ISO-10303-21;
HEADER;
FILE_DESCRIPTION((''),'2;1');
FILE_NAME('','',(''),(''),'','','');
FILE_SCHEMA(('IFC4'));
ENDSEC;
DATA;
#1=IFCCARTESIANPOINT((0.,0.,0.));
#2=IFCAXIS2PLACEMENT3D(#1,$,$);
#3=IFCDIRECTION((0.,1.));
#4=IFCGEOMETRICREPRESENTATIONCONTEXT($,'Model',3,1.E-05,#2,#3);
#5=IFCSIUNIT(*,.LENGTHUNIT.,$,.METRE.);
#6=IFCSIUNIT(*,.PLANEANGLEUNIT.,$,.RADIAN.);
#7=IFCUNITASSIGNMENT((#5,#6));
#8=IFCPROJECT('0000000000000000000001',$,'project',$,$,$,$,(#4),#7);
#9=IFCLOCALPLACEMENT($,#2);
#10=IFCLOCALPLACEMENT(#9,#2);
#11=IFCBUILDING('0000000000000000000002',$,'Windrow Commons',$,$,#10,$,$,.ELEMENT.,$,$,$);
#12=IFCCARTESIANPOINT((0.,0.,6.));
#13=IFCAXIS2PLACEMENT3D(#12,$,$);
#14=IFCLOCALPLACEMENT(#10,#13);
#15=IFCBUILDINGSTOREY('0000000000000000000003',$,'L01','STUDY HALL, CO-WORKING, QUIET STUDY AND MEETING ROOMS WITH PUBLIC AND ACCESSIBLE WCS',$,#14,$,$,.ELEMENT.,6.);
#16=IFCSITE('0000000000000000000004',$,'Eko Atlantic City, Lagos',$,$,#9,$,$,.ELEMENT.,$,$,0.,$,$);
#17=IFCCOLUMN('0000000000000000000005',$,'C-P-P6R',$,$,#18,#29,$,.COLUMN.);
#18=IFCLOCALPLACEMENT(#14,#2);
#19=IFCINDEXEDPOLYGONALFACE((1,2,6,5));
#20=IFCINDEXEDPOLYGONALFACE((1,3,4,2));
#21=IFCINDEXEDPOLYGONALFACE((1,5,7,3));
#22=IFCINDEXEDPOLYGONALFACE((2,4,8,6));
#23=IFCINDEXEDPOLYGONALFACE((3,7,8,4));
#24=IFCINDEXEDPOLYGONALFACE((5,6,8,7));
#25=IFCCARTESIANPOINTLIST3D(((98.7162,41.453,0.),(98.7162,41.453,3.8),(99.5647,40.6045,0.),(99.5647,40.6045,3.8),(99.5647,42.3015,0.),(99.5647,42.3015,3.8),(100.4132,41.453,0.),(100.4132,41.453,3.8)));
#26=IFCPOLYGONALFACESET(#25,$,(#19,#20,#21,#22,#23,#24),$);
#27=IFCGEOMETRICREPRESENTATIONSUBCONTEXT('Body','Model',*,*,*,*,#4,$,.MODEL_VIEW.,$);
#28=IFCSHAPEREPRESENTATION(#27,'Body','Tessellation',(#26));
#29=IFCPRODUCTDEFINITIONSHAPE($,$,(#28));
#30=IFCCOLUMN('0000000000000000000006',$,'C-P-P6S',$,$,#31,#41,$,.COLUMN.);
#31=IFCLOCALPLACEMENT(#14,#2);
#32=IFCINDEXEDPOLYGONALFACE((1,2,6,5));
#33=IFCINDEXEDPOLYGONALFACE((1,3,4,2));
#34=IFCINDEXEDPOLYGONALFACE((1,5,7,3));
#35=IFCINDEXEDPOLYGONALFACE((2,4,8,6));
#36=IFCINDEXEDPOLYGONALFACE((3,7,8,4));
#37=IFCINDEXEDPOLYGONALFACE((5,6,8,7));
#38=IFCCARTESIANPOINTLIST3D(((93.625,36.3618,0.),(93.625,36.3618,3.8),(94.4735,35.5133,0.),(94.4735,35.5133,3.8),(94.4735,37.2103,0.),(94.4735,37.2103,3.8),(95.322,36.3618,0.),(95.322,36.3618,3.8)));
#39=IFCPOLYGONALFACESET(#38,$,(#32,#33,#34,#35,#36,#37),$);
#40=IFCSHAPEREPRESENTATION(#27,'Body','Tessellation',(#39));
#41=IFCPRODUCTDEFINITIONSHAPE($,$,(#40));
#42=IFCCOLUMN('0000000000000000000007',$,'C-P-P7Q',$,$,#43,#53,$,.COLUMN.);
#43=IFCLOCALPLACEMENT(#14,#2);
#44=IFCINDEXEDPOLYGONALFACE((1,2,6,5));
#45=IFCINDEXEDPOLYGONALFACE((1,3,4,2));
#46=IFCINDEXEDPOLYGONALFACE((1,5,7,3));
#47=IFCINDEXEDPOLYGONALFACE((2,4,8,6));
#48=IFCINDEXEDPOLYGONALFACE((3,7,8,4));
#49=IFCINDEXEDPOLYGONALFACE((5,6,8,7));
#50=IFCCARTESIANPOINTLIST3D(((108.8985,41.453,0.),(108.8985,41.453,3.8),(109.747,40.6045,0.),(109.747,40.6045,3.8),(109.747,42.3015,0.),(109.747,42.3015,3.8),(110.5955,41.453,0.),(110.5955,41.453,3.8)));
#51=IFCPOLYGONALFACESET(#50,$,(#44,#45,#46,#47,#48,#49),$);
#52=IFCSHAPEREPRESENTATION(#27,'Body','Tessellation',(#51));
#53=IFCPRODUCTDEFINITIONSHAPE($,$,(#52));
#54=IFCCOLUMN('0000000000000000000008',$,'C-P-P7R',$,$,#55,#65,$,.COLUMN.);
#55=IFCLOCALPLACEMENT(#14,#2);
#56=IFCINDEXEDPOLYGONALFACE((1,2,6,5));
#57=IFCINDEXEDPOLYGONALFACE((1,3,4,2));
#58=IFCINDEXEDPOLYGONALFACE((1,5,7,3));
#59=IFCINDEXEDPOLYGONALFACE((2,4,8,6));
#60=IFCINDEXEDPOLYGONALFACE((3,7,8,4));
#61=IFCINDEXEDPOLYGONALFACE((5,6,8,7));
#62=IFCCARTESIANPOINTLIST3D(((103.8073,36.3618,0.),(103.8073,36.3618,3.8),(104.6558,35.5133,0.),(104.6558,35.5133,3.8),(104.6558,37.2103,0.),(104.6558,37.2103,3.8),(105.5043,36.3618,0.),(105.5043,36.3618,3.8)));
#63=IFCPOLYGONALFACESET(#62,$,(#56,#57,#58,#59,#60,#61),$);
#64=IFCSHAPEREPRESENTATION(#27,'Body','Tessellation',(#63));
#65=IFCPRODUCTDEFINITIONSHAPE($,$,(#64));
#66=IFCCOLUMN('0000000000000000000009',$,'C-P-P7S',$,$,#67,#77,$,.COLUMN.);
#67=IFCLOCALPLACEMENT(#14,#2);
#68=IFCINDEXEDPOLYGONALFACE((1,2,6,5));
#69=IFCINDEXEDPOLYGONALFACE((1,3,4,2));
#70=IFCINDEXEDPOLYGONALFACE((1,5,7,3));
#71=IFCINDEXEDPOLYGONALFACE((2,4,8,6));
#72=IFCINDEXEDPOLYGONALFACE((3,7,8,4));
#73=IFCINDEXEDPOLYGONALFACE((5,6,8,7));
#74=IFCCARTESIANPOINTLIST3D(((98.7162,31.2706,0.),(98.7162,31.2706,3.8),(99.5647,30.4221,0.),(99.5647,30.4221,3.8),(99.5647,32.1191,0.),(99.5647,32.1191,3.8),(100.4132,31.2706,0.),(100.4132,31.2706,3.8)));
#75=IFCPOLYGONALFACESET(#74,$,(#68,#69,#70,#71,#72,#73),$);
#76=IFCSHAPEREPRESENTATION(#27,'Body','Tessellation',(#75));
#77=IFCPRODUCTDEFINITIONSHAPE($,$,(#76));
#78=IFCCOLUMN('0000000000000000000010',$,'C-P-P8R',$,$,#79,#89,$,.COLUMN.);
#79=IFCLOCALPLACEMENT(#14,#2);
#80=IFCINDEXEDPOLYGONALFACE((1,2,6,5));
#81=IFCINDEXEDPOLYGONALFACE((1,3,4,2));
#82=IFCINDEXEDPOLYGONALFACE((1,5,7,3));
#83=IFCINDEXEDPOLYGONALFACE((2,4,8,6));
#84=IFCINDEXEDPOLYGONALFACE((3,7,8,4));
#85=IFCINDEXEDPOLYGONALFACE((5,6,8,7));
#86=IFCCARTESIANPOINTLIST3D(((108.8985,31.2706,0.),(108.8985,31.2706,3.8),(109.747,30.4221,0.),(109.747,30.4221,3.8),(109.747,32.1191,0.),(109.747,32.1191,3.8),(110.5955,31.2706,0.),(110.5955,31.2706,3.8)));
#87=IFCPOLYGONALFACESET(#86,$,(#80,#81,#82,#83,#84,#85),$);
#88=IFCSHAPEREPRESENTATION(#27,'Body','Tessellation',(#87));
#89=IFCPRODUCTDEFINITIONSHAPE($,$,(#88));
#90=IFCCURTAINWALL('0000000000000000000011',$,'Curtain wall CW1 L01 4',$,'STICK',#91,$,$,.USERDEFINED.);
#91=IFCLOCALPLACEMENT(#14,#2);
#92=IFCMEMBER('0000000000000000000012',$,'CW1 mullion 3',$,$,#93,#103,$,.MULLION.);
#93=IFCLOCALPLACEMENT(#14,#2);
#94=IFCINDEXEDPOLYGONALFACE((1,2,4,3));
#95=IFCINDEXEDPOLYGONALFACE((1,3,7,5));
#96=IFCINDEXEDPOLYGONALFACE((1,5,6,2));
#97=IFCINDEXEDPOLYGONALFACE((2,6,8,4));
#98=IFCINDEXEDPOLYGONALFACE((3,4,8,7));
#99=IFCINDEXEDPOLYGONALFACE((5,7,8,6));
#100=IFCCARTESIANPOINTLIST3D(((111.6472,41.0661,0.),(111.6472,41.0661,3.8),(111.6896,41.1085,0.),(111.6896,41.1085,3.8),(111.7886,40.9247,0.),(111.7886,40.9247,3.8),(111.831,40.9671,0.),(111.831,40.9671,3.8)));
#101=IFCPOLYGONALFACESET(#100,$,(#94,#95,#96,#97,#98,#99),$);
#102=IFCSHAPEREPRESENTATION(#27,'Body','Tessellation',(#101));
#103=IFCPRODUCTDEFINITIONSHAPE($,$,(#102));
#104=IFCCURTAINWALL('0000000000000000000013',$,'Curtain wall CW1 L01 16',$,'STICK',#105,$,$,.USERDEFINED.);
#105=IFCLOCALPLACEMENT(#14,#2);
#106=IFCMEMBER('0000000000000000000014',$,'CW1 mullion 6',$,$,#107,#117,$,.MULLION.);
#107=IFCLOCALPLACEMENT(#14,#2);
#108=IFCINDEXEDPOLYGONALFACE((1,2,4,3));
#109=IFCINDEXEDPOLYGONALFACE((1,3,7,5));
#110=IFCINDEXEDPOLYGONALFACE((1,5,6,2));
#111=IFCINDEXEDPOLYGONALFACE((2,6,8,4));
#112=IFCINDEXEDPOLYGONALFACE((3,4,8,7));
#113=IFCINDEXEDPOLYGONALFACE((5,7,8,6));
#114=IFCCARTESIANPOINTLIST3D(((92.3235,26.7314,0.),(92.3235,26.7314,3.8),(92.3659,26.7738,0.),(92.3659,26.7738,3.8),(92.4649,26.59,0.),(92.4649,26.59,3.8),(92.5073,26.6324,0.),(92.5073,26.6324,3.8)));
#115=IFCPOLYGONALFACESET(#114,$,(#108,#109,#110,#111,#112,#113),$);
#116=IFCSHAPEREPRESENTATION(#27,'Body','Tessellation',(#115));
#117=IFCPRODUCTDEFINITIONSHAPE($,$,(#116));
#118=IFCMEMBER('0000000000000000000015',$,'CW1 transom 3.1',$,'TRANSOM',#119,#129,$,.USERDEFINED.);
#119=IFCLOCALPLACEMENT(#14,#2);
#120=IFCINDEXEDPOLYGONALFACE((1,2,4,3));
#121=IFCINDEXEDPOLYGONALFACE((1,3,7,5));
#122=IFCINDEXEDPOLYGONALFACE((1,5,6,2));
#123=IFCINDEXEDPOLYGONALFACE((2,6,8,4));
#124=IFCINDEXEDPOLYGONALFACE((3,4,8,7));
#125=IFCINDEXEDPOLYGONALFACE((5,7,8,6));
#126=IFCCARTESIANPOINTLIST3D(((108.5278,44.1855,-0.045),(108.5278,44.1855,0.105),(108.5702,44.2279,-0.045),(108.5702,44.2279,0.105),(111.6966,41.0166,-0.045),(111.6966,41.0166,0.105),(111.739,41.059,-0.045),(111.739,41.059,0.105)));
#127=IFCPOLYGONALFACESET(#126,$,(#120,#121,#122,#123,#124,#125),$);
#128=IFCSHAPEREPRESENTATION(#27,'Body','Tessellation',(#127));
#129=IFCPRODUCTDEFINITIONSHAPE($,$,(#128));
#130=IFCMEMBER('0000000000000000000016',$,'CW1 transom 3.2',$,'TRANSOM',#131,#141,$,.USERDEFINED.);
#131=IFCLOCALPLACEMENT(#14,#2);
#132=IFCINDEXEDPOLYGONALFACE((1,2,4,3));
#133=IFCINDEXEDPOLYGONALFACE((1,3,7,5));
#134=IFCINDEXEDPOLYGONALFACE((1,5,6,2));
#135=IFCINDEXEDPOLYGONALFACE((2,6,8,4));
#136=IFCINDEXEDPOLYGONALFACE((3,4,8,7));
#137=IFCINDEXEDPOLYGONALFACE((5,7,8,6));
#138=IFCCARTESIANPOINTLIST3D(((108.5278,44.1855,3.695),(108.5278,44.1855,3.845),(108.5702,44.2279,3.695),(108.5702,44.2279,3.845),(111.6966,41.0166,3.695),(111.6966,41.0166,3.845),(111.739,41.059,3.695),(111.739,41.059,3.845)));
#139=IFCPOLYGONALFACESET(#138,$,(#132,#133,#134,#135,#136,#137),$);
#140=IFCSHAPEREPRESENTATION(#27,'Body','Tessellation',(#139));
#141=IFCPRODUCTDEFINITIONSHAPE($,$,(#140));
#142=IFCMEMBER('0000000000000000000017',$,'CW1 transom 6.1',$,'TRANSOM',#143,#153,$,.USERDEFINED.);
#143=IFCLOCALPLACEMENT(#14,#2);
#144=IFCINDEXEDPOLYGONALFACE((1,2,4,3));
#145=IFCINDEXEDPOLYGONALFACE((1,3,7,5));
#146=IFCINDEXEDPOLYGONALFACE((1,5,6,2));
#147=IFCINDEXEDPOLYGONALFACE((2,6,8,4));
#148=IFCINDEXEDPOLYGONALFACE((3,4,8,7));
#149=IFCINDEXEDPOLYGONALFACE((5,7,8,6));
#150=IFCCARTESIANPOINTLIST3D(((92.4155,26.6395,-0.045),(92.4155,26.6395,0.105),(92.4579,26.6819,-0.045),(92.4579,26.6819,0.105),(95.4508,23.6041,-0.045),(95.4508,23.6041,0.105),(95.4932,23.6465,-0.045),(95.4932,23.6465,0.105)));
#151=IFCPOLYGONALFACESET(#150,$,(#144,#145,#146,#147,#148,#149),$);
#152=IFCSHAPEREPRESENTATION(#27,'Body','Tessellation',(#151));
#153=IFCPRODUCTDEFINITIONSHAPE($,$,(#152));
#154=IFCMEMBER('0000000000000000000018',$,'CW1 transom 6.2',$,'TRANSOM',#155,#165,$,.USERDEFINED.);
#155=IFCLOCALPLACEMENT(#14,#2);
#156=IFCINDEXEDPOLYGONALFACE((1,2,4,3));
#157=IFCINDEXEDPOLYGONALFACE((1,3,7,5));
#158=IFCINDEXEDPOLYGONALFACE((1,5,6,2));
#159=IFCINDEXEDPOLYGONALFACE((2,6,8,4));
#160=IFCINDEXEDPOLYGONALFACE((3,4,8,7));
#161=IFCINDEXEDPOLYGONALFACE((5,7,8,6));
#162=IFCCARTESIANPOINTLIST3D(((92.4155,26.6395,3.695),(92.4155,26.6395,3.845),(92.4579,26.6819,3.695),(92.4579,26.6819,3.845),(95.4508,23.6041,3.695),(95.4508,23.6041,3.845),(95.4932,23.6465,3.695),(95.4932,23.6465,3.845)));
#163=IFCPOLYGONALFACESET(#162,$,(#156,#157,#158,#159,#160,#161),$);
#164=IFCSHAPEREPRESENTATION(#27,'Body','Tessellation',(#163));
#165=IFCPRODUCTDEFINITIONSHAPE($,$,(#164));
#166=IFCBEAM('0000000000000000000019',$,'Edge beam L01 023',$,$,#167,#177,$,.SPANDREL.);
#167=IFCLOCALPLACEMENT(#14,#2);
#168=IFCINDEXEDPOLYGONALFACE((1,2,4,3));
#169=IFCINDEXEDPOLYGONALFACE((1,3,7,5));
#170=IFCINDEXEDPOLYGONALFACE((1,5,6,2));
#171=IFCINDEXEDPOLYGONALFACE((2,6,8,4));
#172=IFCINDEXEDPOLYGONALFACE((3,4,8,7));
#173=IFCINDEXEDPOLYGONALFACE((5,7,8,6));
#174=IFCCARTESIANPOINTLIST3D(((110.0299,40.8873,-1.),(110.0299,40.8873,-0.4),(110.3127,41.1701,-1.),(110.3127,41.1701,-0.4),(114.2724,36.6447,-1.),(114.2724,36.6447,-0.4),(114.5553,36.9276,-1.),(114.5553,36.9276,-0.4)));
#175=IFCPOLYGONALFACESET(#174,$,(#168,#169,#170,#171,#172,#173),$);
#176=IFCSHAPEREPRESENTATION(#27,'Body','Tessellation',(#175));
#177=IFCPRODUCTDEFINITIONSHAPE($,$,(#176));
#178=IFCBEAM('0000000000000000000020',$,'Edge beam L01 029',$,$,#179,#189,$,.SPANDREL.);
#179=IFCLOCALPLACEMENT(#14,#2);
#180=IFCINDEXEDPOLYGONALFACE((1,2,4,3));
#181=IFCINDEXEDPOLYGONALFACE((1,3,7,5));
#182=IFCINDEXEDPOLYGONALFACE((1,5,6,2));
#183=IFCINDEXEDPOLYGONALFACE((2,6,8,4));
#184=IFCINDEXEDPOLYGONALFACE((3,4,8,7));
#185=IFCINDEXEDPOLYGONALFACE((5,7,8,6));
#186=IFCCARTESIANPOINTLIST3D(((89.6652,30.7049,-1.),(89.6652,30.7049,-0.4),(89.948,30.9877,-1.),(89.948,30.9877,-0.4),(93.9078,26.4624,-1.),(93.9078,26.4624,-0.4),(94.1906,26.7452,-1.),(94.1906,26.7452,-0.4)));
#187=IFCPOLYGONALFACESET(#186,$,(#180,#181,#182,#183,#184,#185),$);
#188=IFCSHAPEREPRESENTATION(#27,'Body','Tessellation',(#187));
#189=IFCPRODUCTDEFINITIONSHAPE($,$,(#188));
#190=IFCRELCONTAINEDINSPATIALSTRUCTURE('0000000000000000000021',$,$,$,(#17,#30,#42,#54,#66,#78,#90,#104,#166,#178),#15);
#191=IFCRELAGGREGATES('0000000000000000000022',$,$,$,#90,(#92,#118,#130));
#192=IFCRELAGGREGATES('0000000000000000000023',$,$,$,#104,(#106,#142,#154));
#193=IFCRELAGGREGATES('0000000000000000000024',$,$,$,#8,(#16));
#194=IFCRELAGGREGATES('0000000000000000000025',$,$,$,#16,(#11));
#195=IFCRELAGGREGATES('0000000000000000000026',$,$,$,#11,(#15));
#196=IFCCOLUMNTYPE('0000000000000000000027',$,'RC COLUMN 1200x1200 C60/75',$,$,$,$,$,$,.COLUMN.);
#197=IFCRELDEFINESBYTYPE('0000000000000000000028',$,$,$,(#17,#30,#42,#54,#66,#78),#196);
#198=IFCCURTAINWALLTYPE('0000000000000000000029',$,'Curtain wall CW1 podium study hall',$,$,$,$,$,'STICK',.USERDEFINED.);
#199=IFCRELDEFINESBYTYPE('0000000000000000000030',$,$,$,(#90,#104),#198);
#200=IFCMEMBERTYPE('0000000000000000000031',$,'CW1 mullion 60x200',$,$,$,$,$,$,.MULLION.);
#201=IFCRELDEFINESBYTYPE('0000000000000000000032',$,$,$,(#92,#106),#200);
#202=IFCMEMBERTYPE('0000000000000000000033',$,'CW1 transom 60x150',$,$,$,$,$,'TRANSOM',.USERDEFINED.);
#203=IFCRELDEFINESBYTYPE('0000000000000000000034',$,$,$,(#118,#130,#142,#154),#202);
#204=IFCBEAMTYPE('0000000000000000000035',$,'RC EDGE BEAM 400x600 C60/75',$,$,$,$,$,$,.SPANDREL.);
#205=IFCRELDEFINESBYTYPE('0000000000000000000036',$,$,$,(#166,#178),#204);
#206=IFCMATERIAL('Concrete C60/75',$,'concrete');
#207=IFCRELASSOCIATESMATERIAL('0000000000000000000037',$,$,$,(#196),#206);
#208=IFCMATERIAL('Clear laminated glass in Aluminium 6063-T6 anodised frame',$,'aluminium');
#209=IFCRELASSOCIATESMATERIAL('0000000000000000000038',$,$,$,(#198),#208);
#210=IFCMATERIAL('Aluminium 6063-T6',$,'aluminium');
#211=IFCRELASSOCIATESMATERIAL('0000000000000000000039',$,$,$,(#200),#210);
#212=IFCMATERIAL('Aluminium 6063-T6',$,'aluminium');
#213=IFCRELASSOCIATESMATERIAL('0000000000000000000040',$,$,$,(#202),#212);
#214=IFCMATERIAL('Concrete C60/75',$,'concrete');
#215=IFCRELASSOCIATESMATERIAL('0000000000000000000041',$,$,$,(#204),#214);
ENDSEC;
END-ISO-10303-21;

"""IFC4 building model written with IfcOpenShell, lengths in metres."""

from ifc_helpers import new_model, si_unit, direction, frame, origin, origin_2d, place, context, subcontext, project, spatial, rectangle, extrude, material, material_profile, profile_set, type_object, element, aggregate, save


model = new_model("IFC4")

# Units and contexts
model_context = context("Model", 3, precision=1e-05, world=origin(), true_north=direction((0.0, 1.0)))
body_context = subcontext(model_context, "Body", "Model", "MODEL_VIEW")
ifc_project = project(units=[si_unit("LENGTHUNIT", "METRE"), si_unit("PLANEANGLEUNIT", "RADIAN")], contexts=[model_context])

# Site, building, storey
site_placement = place(None, origin())
site = spatial("IfcSite", under=ifc_project, at=site_placement, Name="Eko Atlantic City, Lagos", CompositionType="ELEMENT", RefElevation=0.0)
building_placement = place(site_placement, origin())
building = spatial("IfcBuilding", under=site, at=building_placement, Name="Windrow Commons", CompositionType="ELEMENT")
storey_placement = place(building_placement, frame((0.0, 0.0, 6.0)))
storey = spatial("IfcBuildingStorey", under=building, at=storey_placement, Name="L01", Description="STUDY HALL, CO-WORKING, QUIET STUDY AND MEETING ROOMS WITH PUBLIC AND ACCESSIBLE WCS", CompositionType="ELEMENT", Elevation=6.0)

# Columns
ifc_material_1 = material(Name="Concrete C60/75", Category="concrete")
ifc_material_profile_1 = material_profile(ifc_material_1, rectangle(XDim=1.2, YDim=1.2, at=origin_2d()))
ifc_profile_set_1 = profile_set([ifc_material_profile_1], Name="Concrete C60/75")
column_type = type_object("IfcColumnType", Name="RC COLUMN 1200x1200 C60/75", PredefinedType="COLUMN", material=ifc_profile_set_1)
for number, where, z_axis, x_axis, name in (
    (1, (99.5647, 41.453, 0.0), (0.0, 0.0, 1.0), (0.707107, -0.707107, 0.0), "C-P-P6R"),
    (2, (94.4735, 36.3618, 0.0), (0.0, 0.0, 1.0), (0.707107, -0.707107, 0.0), "C-P-P6S"),
    (3, (109.747, 41.453, 0.0), (0.0, 0.0, 1.0), (0.707107, -0.707107, 0.0), "C-P-P7Q"),
    (4, (104.6558, 36.3618, 0.0), (0.0, 0.0, 1.0), (0.707107, -0.707107, 0.0), "C-P-P7R"),
    (5, (99.5647, 31.2706, 0.0), (0.0, 0.0, 1.0), (0.707107, -0.707107, 0.0), "C-P-P7S"),
    (6, (109.747, 31.2706, 0.0), (0.0, 0.0, 1.0), (0.707107, -0.707107, 0.0), "C-P-P8R"),
):
    element("IfcColumn", number, at=place(storey_placement, frame(where, z_axis=z_axis, x_axis=x_axis)), inside=storey, type_object=column_type, Name=name, PredefinedType="COLUMN", context=body_context, shape_type="SweptSolid", body=[
        extrude(rectangle(XDim=1.2, YDim=1.2, at=origin_2d()), origin(), (0.0, 0.0, 1.0), 3.8),
    ])

# Curtain walls, members
ifc_material_2 = material(Name="Clear laminated glass in Aluminium 6063-T6 anodised frame", Category="aluminium")
curtain_wall_type = type_object("IfcCurtainWallType", Name="Curtain wall CW1 podium study hall", ElementType="STICK", PredefinedType="USERDEFINED", material=ifc_material_2)
placement = place(storey_placement, origin())
curtain_wall_1 = element("IfcCurtainWall", 7, at=placement, inside=storey, type_object=curtain_wall_type, Name="Curtain wall CW1 L01 4", ObjectType="STICK", PredefinedType="USERDEFINED")
ifc_material_3 = material(Name="Aluminium 6063-T6", Category="aluminium")
ifc_material_profile_2 = material_profile(ifc_material_3, rectangle(XDim=0.06, YDim=0.2, at=origin_2d()))
ifc_profile_set_2 = profile_set([ifc_material_profile_2], Name="Aluminium 6063-T6")
member_type_1 = type_object("IfcMemberType", Name="CW1 mullion 60x200", PredefinedType="MULLION", material=ifc_profile_set_2)
member_1_placement = place(storey_placement, frame((111.7391, 41.0166, 0.0), z_axis=(0.0, 0.0, 1.0), x_axis=(-0.707107, -0.707107, 0.0)))
member_1 = element("IfcMember", 8, at=member_1_placement, type_object=member_type_1, Name="CW1 mullion 3", PredefinedType="MULLION", context=body_context, shape_type="SweptSolid", body=[
    extrude(rectangle(XDim=0.06, YDim=0.2, at=origin_2d()), origin(), (0.0, 0.0, 1.0), 3.8),
])
curtain_wall_2 = element("IfcCurtainWall", 9, at=placement, inside=storey, type_object=curtain_wall_type, Name="Curtain wall CW1 L01 16", ObjectType="STICK", PredefinedType="USERDEFINED")
member_2_placement = place(storey_placement, frame((92.4154, 26.6819, 0.0), z_axis=(0.0, 0.0, 1.0), x_axis=(0.707107, 0.707107, 0.0)))
member_2 = element("IfcMember", 10, at=member_2_placement, type_object=member_type_1, Name="CW1 mullion 6", PredefinedType="MULLION", context=body_context, shape_type="SweptSolid", body=[
    extrude(rectangle(XDim=0.06, YDim=0.2, at=origin_2d()), origin(), (0.0, 0.0, 1.0), 3.8),
])

# Members
ifc_material_4 = material(Name="Aluminium 6063-T6", Category="aluminium")
ifc_material_profile_3 = material_profile(ifc_material_4, rectangle(XDim=0.06, YDim=0.15, at=origin_2d()))
ifc_profile_set_3 = profile_set([ifc_material_profile_3], Name="Aluminium 6063-T6")
member_type_2 = type_object("IfcMemberType", Name="CW1 transom 60x150", ElementType="TRANSOM", PredefinedType="USERDEFINED", material=ifc_profile_set_3)
member_3_placement = place(storey_placement, frame((111.7178, 41.0378, 0.03), z_axis=(-0.707096, 0.707118, 0.0), x_axis=(-0.707118, -0.707096, 0.0)))
member_3 = element("IfcMember", 11, at=member_3_placement, type_object=member_type_2, Name="CW1 transom 3.1", ObjectType="TRANSOM", PredefinedType="USERDEFINED", context=body_context, shape_type="SweptSolid", body=[
    extrude(rectangle(XDim=0.06, YDim=0.15, at=origin_2d()), origin(), (0.0, 0.0, 1.0), 4.4814),
])
member_4_placement = place(storey_placement, frame((111.7178, 41.0378, 3.77), z_axis=(-0.707096, 0.707118, 0.0), x_axis=(-0.707118, -0.707096, 0.0)))
member_4 = element("IfcMember", 12, at=member_4_placement, type_object=member_type_2, Name="CW1 transom 3.2", ObjectType="TRANSOM", PredefinedType="USERDEFINED", context=body_context, shape_type="SweptSolid", body=[
    extrude(rectangle(XDim=0.06, YDim=0.15, at=origin_2d()), origin(), (0.0, 0.0, 1.0), 4.4814),
])
aggregate(curtain_wall_1, [member_1, member_3, member_4])
member_5_placement = place(storey_placement, frame((92.4367, 26.6607, 0.03), z_axis=(0.707095, -0.707118, 0.0), x_axis=(0.707118, 0.707095, 0.0)))
member_5 = element("IfcMember", 13, at=member_5_placement, type_object=member_type_2, Name="CW1 transom 6.1", ObjectType="TRANSOM", PredefinedType="USERDEFINED", context=body_context, shape_type="SweptSolid", body=[
    extrude(rectangle(XDim=0.06, YDim=0.15, at=origin_2d()), origin(), (0.0, 0.0, 1.0), 4.2926),
])
member_6_placement = place(storey_placement, frame((92.4367, 26.6607, 3.77), z_axis=(0.707095, -0.707118, 0.0), x_axis=(0.707118, 0.707095, 0.0)))
member_6 = element("IfcMember", 14, at=member_6_placement, type_object=member_type_2, Name="CW1 transom 6.2", ObjectType="TRANSOM", PredefinedType="USERDEFINED", context=body_context, shape_type="SweptSolid", body=[
    extrude(rectangle(XDim=0.06, YDim=0.15, at=origin_2d()), origin(), (0.0, 0.0, 1.0), 4.2926),
])
aggregate(curtain_wall_2, [member_2, member_5, member_6])

# Beams
ifc_material_5 = material(Name="Concrete C60/75", Category="concrete")
ifc_material_profile_4 = material_profile(ifc_material_5, rectangle(XDim=0.4, YDim=0.6, at=origin_2d()))
ifc_profile_set_4 = profile_set([ifc_material_profile_4], Name="Concrete C60/75")
beam_type = type_object("IfcBeamType", Name="RC EDGE BEAM 400x600 C60/75", PredefinedType="SPANDREL", material=ifc_profile_set_4)
for number, where, z_axis, x_axis, name in (
    (15, (110.1713, 41.0287, -0.7), (0.707107, -0.707107, 0.0), (0.707107, 0.707107, 0.0), "Edge beam L01 023"),
    (16, (94.0492, 26.6038, -0.7), (-0.707115, 0.707098, 0.0), (-0.707098, -0.707115, 0.0), "Edge beam L01 029"),
):
    element("IfcBeam", number, at=place(storey_placement, frame(where, z_axis=z_axis, x_axis=x_axis)), inside=storey, type_object=beam_type, Name=name, PredefinedType="SPANDREL", context=body_context, shape_type="SweptSolid", body=[
        extrude(rectangle(XDim=0.4, YDim=0.6, at=origin_2d()), origin(), (0.0, 0.0, 1.0), 5.9999),
    ])

save(model, "model.ifc")
